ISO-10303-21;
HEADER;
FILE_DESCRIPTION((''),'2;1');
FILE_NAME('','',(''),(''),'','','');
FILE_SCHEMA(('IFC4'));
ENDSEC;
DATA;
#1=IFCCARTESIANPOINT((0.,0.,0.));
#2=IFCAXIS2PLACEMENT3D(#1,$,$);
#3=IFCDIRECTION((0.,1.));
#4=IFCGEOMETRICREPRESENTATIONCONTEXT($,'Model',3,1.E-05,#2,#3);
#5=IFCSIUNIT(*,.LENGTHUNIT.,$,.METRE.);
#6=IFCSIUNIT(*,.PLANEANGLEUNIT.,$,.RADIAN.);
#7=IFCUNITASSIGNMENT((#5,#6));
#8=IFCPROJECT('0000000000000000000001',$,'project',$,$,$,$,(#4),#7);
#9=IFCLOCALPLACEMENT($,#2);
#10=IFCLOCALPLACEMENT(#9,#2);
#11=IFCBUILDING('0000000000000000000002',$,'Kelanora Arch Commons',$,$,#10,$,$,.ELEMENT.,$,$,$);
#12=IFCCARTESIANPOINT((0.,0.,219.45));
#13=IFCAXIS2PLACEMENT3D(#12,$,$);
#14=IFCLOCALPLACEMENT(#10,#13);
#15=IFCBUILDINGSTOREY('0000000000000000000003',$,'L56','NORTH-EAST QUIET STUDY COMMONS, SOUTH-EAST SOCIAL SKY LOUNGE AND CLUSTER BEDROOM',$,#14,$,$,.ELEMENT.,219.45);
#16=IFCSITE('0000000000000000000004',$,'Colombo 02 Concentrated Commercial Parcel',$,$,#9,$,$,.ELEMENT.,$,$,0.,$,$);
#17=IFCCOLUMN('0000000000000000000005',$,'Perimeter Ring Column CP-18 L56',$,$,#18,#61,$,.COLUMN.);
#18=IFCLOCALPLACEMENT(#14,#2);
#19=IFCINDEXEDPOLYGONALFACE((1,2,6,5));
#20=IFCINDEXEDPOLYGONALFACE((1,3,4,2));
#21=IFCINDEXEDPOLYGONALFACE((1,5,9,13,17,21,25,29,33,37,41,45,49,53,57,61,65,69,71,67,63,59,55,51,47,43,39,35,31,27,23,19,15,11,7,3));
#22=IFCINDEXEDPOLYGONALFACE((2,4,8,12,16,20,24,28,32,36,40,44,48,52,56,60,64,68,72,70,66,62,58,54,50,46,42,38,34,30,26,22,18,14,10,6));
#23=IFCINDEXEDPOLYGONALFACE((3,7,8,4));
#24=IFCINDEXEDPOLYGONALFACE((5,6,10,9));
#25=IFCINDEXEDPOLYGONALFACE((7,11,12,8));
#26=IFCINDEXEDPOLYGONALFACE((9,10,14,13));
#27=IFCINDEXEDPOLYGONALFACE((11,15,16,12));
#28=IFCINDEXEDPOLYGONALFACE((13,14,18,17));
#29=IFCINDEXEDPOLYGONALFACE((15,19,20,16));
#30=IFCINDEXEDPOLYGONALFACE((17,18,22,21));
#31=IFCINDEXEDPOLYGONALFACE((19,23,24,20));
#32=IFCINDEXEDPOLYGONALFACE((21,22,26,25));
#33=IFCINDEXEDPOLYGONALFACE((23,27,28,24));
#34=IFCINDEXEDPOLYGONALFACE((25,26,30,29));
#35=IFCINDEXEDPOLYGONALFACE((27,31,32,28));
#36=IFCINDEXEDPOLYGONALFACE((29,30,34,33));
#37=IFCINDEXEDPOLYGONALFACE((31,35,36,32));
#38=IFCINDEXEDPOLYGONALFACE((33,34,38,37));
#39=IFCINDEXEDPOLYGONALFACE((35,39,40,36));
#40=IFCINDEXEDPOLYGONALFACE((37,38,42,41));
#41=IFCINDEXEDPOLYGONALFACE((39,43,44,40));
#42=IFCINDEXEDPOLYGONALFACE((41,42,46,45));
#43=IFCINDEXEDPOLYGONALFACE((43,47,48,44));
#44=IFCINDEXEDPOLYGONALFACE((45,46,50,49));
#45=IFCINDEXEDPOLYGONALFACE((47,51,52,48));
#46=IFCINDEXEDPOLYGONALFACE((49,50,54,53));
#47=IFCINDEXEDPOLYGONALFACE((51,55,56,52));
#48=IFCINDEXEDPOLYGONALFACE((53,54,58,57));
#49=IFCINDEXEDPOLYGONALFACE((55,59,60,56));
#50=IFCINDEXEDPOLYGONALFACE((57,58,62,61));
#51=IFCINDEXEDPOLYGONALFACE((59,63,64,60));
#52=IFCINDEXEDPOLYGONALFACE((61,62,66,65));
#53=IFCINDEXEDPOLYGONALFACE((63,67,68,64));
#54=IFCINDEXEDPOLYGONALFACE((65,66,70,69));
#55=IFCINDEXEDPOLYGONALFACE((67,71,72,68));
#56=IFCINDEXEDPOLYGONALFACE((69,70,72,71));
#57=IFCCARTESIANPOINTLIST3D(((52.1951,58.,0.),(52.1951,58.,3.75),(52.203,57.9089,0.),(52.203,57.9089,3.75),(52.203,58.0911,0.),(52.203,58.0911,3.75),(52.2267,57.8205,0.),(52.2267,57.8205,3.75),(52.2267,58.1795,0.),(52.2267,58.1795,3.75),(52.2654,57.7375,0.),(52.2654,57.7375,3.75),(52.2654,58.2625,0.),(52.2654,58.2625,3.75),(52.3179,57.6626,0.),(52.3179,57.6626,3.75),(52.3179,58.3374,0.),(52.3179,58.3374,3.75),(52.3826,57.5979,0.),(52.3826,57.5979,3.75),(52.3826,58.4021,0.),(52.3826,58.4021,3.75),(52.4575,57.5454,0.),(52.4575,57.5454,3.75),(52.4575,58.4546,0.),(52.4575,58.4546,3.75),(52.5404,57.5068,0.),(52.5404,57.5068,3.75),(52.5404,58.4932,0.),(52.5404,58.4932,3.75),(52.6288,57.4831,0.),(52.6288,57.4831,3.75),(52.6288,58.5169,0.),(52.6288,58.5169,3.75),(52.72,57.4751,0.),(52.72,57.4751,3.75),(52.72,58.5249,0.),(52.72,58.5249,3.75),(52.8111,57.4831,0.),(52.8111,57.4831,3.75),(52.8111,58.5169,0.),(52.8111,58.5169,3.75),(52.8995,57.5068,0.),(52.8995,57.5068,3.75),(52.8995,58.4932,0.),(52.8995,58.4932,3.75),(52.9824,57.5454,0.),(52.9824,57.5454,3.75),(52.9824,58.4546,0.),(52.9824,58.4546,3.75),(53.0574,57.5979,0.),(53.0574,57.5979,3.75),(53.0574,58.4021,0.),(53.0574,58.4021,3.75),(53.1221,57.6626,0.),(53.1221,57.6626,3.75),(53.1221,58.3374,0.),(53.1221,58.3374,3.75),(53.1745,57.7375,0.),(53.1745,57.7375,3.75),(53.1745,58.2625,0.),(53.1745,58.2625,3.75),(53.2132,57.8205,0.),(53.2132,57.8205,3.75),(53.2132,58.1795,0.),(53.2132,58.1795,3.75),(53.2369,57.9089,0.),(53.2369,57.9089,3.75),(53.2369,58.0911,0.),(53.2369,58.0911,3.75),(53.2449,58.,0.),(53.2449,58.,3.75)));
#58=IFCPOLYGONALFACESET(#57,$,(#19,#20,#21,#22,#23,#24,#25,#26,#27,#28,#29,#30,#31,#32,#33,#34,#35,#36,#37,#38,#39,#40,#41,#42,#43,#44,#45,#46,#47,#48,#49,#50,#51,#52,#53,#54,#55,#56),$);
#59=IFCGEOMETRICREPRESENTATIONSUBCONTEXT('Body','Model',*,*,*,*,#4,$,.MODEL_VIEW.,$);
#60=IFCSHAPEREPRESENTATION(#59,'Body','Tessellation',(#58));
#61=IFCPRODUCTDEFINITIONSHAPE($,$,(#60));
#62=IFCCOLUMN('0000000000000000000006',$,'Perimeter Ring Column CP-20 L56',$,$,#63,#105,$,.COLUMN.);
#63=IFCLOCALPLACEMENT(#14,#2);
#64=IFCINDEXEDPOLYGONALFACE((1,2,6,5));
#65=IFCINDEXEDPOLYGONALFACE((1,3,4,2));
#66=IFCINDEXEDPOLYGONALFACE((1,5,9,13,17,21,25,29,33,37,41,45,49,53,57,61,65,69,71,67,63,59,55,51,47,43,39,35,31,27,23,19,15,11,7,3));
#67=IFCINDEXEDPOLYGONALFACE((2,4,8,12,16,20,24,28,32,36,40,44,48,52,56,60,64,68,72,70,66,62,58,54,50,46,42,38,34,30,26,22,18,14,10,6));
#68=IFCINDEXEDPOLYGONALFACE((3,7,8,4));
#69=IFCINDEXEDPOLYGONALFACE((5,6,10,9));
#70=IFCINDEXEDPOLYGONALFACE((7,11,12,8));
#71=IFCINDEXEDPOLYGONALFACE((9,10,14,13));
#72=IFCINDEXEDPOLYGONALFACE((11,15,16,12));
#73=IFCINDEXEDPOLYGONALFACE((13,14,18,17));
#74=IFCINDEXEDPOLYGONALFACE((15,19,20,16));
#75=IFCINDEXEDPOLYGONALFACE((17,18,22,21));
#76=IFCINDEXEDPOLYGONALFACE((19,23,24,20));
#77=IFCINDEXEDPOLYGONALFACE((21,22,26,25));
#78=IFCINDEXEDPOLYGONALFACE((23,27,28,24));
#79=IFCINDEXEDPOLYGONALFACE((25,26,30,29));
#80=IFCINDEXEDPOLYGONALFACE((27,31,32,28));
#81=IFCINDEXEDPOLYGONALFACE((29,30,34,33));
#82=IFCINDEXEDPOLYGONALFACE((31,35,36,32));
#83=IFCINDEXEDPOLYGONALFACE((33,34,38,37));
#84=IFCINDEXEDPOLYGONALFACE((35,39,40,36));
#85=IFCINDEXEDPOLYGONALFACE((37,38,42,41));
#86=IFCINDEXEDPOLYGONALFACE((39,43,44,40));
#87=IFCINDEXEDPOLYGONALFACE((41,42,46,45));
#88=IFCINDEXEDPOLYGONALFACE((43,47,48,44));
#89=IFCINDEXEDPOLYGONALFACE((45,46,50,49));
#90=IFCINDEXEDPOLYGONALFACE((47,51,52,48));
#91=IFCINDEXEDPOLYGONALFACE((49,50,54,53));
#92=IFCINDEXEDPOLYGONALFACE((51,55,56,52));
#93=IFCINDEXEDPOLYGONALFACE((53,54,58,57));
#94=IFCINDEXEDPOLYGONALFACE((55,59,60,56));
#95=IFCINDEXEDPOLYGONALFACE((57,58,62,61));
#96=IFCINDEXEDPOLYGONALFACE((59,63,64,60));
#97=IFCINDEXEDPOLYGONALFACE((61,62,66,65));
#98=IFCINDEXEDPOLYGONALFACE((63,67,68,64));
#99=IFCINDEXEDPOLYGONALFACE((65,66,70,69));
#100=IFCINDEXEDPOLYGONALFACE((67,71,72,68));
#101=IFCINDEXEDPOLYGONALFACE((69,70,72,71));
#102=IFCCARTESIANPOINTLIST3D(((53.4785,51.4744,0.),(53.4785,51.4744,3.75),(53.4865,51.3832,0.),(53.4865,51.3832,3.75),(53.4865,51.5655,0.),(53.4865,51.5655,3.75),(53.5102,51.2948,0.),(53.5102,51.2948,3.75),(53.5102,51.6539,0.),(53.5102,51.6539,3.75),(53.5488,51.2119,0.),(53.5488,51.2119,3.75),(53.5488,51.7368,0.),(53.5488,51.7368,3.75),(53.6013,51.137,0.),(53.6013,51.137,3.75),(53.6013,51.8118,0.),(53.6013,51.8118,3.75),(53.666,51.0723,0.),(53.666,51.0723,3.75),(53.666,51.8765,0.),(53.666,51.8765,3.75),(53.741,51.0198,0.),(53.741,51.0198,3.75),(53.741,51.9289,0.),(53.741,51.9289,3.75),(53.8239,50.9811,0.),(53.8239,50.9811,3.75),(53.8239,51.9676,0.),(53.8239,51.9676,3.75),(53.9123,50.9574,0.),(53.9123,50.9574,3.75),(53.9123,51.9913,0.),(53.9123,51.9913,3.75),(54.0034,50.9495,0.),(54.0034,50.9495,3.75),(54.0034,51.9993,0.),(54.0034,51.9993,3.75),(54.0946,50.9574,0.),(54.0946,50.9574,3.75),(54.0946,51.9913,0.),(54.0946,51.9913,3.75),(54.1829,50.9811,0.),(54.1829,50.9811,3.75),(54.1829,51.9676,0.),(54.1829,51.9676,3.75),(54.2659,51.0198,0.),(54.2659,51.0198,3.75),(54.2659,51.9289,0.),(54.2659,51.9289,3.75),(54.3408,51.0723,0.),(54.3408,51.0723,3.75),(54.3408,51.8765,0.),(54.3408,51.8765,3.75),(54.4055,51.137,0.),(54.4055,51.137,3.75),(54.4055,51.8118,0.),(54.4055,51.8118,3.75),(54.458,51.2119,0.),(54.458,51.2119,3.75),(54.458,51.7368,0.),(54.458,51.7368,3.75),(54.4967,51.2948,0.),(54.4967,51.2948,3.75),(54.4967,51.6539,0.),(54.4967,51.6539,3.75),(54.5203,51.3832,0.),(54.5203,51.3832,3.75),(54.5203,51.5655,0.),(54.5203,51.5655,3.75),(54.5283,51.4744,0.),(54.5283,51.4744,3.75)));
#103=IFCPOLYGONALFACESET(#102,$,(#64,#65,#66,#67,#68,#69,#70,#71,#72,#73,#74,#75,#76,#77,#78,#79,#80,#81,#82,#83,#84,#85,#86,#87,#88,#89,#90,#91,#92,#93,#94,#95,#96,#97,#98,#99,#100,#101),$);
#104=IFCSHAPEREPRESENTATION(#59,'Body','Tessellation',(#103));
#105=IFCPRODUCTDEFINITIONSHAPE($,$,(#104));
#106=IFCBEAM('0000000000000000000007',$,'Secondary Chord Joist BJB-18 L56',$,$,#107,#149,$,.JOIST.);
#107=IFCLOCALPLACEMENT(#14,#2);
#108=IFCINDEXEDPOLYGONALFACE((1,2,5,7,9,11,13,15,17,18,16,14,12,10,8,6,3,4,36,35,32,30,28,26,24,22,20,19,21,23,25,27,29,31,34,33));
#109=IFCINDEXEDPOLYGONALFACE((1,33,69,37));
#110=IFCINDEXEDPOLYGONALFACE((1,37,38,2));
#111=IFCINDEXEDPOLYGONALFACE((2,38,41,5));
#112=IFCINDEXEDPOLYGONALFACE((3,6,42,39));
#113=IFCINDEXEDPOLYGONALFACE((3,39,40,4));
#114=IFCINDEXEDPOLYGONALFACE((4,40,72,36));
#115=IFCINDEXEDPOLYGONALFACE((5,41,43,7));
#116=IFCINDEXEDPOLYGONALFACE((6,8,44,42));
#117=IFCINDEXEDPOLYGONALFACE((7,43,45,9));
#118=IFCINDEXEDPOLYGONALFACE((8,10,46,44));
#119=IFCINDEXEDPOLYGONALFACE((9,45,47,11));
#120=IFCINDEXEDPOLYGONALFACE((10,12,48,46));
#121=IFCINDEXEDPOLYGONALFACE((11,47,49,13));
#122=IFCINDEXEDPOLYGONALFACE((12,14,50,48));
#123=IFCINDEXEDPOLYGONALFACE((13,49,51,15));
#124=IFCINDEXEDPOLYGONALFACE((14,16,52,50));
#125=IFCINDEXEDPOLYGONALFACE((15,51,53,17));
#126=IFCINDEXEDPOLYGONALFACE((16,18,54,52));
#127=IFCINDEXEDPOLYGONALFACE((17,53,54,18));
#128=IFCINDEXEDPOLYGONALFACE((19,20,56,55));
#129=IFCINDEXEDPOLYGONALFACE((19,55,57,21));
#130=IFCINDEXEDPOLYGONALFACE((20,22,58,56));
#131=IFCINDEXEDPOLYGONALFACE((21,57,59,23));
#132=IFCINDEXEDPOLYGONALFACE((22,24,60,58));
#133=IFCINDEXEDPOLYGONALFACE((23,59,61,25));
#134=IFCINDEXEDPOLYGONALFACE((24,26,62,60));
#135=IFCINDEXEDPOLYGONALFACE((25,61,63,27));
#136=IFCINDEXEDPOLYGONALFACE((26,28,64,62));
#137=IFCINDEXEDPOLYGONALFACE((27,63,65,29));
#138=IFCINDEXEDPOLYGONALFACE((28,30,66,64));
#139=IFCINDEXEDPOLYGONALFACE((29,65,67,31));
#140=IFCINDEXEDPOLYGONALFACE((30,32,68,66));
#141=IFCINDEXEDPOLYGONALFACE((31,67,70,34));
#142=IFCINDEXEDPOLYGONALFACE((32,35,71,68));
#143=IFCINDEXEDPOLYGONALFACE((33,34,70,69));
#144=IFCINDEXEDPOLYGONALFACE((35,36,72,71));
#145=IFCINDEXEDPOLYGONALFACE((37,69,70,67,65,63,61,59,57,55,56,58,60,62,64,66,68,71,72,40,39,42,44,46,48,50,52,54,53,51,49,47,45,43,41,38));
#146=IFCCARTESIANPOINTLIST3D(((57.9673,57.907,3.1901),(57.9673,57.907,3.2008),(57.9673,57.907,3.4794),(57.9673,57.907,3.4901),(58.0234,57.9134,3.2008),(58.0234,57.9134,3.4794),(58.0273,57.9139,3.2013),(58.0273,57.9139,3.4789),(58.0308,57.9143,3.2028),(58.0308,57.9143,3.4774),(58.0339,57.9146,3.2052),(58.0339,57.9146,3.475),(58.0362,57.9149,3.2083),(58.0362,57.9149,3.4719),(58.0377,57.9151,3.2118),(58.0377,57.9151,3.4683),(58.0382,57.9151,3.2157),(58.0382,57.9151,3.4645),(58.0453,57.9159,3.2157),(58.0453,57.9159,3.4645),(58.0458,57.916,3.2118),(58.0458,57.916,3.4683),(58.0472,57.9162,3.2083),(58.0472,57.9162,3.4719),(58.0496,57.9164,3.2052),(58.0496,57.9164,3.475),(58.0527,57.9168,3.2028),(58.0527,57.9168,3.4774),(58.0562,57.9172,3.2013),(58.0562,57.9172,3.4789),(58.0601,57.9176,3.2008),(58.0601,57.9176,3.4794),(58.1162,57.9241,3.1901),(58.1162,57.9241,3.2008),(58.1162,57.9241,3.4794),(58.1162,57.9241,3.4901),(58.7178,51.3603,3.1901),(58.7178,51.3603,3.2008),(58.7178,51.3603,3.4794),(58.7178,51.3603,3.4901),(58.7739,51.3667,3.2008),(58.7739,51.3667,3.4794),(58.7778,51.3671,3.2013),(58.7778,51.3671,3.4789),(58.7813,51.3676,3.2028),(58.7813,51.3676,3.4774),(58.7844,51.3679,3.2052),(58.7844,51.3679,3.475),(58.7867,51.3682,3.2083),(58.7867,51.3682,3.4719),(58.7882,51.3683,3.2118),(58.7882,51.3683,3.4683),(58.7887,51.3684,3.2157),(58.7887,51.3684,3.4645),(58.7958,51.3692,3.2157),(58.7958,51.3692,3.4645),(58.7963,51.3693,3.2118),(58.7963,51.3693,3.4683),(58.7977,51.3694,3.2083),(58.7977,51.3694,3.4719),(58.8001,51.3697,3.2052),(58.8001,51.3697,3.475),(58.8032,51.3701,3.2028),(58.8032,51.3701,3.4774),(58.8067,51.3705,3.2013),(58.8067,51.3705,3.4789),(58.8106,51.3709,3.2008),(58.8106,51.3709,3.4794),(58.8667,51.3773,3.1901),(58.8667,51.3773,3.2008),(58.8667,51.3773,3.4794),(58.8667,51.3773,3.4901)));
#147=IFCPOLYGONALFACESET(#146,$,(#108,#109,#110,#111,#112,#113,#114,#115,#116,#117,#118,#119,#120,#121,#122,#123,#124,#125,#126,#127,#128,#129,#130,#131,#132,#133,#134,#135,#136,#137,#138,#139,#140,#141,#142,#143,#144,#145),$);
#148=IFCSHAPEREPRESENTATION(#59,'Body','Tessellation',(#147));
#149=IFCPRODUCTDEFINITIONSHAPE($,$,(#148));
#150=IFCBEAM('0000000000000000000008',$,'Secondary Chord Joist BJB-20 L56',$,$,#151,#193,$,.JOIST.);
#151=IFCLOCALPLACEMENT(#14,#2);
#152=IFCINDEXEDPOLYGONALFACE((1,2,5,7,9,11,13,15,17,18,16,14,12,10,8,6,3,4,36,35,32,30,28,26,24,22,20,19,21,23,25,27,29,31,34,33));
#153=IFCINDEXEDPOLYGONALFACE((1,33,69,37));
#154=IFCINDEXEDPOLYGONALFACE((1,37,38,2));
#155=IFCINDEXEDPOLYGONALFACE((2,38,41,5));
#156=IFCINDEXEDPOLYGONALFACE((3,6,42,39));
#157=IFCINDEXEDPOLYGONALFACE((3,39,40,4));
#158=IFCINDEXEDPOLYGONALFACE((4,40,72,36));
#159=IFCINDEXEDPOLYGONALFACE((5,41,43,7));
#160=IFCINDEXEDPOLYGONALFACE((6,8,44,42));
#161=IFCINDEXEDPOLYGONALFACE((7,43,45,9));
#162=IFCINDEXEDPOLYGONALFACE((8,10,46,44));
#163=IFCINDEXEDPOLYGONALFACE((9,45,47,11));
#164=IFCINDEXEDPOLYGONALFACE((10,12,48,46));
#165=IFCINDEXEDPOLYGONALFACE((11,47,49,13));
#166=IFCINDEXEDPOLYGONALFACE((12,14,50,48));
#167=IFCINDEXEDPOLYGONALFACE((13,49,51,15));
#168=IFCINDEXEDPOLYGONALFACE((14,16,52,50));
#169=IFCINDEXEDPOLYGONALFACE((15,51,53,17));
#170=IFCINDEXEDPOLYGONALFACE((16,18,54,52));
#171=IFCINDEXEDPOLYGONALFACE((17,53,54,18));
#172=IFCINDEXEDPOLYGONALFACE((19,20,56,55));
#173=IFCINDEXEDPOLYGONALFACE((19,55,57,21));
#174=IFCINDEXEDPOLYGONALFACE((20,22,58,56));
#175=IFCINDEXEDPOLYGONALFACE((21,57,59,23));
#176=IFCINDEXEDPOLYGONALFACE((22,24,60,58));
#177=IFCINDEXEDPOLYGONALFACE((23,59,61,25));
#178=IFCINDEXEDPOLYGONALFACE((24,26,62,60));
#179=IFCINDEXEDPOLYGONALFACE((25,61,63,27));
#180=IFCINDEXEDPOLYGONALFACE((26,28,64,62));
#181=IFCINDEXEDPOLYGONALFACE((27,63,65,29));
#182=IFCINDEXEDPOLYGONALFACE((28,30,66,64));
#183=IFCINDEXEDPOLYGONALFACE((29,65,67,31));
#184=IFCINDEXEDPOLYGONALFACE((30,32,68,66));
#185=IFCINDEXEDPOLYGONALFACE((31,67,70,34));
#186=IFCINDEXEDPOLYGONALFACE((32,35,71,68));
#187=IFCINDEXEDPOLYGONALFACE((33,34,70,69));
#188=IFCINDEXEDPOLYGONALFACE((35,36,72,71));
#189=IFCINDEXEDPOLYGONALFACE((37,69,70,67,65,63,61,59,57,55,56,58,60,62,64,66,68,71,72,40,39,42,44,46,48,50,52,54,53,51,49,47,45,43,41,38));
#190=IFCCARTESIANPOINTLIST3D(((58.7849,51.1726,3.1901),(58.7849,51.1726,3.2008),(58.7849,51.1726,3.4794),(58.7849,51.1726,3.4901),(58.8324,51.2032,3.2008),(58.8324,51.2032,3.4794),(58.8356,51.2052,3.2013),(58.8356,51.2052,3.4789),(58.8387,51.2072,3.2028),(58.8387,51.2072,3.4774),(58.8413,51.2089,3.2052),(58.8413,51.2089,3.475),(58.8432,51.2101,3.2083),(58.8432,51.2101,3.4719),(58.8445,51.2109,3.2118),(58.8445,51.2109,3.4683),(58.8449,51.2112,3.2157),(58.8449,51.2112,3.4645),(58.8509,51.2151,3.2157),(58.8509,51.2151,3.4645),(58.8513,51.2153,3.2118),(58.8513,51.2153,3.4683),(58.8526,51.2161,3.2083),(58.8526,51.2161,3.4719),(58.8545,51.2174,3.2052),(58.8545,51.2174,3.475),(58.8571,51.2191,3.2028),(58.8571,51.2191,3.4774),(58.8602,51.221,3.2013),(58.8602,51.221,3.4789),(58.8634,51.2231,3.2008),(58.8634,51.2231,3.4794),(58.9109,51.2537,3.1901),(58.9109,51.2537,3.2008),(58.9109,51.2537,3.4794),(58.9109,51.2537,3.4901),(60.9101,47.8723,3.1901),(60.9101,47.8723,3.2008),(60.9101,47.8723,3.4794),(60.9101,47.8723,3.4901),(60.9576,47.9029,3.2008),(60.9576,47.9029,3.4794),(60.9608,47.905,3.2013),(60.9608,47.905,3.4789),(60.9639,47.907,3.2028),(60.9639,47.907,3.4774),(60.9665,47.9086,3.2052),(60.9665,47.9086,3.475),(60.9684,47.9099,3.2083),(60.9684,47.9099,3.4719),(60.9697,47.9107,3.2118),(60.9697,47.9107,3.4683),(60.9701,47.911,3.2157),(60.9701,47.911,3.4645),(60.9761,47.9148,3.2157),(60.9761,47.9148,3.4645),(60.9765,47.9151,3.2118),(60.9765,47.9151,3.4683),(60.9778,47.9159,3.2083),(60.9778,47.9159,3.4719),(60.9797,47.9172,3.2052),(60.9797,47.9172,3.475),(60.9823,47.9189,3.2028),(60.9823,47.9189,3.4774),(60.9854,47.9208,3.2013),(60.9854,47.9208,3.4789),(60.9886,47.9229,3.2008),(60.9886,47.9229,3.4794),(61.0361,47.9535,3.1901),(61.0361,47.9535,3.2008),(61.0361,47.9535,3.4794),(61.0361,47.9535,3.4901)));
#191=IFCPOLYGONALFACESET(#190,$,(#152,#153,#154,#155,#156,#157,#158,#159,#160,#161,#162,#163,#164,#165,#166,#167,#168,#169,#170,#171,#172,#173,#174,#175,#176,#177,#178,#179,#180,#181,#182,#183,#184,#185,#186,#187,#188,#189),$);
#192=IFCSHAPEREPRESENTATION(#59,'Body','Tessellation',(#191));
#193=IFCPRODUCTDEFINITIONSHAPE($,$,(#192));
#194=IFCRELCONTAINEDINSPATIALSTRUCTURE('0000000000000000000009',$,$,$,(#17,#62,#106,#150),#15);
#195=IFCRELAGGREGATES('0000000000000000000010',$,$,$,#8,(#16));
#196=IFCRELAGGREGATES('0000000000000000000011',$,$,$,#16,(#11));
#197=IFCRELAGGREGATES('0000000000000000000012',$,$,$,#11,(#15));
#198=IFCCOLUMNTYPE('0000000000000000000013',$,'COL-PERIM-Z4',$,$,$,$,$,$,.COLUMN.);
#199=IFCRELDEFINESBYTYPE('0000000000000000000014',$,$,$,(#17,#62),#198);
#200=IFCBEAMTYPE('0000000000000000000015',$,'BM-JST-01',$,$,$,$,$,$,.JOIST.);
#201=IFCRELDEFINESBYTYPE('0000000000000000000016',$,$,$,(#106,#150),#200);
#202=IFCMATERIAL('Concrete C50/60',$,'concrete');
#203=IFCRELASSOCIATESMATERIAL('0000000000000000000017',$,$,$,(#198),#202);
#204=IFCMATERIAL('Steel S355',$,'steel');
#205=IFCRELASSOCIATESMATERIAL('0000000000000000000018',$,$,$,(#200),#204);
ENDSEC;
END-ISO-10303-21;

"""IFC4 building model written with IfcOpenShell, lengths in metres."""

from ifc_helpers import new_model, si_unit, direction, frame, origin, origin_2d, place, context, subcontext, project, spatial, circle, i_section, extrude, material, material_profile, profile_set, type_object, element, save


model = new_model("IFC4")

# Units and contexts
model_context = context("Model", 3, precision=1e-05, world=origin(), true_north=direction((0.0, 1.0)))
body_context = subcontext(model_context, "Body", "Model", "MODEL_VIEW")
ifc_project = project(units=[si_unit("LENGTHUNIT", "METRE"), si_unit("PLANEANGLEUNIT", "RADIAN")], contexts=[model_context])

# Site, building, storey
site_placement = place(None, origin())
site = spatial("IfcSite", under=ifc_project, at=site_placement, Name="Colombo 02 Concentrated Commercial Parcel", CompositionType="ELEMENT", RefElevation=0.0)
building_placement = place(site_placement, origin())
building = spatial("IfcBuilding", under=site, at=building_placement, Name="Kelanora Arch Commons", CompositionType="ELEMENT")
storey_placement = place(building_placement, frame((0.0, 0.0, 219.45)))
storey = spatial("IfcBuildingStorey", under=building, at=storey_placement, Name="L56", Description="NORTH-EAST QUIET STUDY COMMONS, SOUTH-EAST SOCIAL SKY LOUNGE AND CLUSTER BEDROOM", CompositionType="ELEMENT", Elevation=219.45)

# Columns
ifc_material_1 = material(Name="Concrete C50/60", Category="concrete")
ifc_material_profile_1 = material_profile(ifc_material_1, circle(Radius=0.5249, at=origin_2d()), Name="RCC1050")
ifc_profile_set_1 = profile_set([ifc_material_profile_1], Name="Concrete C50/60")
column_type = type_object("IfcColumnType", Name="COL-PERIM-Z4", PredefinedType="COLUMN", material=ifc_profile_set_1)
for number, where, z_axis, x_axis, name in (
    (1, (52.72, 58.0, 0.0), (0.0, 0.0, 1.0), (1.0, 0.0, 0.0), "Perimeter Ring Column CP-18 L56"),
    (2, (54.0034, 51.4744, 0.0), (0.0, 0.0, 1.0), (1.0, 0.0, 0.0), "Perimeter Ring Column CP-20 L56"),
):
    element("IfcColumn", number, at=place(storey_placement, frame(where, z_axis=z_axis, x_axis=x_axis)), inside=storey, type_object=column_type, Name=name, PredefinedType="COLUMN", context=body_context, shape_type="SweptSolid", body=[
        extrude(circle(Radius=0.5249, at=origin_2d()), origin(), (0.0, 0.0, 1.0), 3.75),
    ])

# Beams
ifc_material_2 = material(Name="Steel S355", Category="steel")
ifc_material_profile_2 = material_profile(ifc_material_2, i_section(OverallWidth=0.1499, OverallDepth=0.3, WebThickness=0.0071, FlangeThickness=0.0107, FilletRadius=0.0149, at=origin_2d()), Name="IPE300")
ifc_profile_set_2 = profile_set([ifc_material_profile_2], Name="Steel S355")
beam_type_1 = type_object("IfcBeamType", Name="BM-JST-01", PredefinedType="JOIST", material=ifc_profile_set_2)
beam_1_placement = place(storey_placement, frame((58.0417, 57.9155, 3.3401), z_axis=(0.113891, -0.993493, 0.0), x_axis=(0.993493, 0.113891, 0.0)))
element("IfcBeam", 3, at=beam_1_placement, inside=storey, type_object=beam_type_1, Name="Secondary Chord Joist BJB-18 L56", PredefinedType="JOIST", context=body_context, shape_type="SweptSolid", body=[
    extrude(i_section(OverallWidth=0.1499, OverallDepth=0.3, WebThickness=0.0071, FlangeThickness=0.0107, FilletRadius=0.0149, at=origin_2d()), origin(), (0.0, 0.0, 1.0), 6.5896),
])
beam_2_placement = place(storey_placement, frame((58.8479, 51.2131, 3.3401), z_axis=(0.541411, -0.840758, 0.0), x_axis=(0.840758, 0.541411, 0.0)))
element("IfcBeam", 4, at=beam_2_placement, inside=storey, type_object=beam_type_1, Name="Secondary Chord Joist BJB-20 L56", PredefinedType="JOIST", context=body_context, shape_type="SweptSolid", body=[
    extrude(i_section(OverallWidth=0.1499, OverallDepth=0.3, WebThickness=0.0071, FlangeThickness=0.0107, FilletRadius=0.0149, at=origin_2d()), origin(), (0.0, 0.0, 1.0), 3.9253),
])

save(model, "model.ifc")
